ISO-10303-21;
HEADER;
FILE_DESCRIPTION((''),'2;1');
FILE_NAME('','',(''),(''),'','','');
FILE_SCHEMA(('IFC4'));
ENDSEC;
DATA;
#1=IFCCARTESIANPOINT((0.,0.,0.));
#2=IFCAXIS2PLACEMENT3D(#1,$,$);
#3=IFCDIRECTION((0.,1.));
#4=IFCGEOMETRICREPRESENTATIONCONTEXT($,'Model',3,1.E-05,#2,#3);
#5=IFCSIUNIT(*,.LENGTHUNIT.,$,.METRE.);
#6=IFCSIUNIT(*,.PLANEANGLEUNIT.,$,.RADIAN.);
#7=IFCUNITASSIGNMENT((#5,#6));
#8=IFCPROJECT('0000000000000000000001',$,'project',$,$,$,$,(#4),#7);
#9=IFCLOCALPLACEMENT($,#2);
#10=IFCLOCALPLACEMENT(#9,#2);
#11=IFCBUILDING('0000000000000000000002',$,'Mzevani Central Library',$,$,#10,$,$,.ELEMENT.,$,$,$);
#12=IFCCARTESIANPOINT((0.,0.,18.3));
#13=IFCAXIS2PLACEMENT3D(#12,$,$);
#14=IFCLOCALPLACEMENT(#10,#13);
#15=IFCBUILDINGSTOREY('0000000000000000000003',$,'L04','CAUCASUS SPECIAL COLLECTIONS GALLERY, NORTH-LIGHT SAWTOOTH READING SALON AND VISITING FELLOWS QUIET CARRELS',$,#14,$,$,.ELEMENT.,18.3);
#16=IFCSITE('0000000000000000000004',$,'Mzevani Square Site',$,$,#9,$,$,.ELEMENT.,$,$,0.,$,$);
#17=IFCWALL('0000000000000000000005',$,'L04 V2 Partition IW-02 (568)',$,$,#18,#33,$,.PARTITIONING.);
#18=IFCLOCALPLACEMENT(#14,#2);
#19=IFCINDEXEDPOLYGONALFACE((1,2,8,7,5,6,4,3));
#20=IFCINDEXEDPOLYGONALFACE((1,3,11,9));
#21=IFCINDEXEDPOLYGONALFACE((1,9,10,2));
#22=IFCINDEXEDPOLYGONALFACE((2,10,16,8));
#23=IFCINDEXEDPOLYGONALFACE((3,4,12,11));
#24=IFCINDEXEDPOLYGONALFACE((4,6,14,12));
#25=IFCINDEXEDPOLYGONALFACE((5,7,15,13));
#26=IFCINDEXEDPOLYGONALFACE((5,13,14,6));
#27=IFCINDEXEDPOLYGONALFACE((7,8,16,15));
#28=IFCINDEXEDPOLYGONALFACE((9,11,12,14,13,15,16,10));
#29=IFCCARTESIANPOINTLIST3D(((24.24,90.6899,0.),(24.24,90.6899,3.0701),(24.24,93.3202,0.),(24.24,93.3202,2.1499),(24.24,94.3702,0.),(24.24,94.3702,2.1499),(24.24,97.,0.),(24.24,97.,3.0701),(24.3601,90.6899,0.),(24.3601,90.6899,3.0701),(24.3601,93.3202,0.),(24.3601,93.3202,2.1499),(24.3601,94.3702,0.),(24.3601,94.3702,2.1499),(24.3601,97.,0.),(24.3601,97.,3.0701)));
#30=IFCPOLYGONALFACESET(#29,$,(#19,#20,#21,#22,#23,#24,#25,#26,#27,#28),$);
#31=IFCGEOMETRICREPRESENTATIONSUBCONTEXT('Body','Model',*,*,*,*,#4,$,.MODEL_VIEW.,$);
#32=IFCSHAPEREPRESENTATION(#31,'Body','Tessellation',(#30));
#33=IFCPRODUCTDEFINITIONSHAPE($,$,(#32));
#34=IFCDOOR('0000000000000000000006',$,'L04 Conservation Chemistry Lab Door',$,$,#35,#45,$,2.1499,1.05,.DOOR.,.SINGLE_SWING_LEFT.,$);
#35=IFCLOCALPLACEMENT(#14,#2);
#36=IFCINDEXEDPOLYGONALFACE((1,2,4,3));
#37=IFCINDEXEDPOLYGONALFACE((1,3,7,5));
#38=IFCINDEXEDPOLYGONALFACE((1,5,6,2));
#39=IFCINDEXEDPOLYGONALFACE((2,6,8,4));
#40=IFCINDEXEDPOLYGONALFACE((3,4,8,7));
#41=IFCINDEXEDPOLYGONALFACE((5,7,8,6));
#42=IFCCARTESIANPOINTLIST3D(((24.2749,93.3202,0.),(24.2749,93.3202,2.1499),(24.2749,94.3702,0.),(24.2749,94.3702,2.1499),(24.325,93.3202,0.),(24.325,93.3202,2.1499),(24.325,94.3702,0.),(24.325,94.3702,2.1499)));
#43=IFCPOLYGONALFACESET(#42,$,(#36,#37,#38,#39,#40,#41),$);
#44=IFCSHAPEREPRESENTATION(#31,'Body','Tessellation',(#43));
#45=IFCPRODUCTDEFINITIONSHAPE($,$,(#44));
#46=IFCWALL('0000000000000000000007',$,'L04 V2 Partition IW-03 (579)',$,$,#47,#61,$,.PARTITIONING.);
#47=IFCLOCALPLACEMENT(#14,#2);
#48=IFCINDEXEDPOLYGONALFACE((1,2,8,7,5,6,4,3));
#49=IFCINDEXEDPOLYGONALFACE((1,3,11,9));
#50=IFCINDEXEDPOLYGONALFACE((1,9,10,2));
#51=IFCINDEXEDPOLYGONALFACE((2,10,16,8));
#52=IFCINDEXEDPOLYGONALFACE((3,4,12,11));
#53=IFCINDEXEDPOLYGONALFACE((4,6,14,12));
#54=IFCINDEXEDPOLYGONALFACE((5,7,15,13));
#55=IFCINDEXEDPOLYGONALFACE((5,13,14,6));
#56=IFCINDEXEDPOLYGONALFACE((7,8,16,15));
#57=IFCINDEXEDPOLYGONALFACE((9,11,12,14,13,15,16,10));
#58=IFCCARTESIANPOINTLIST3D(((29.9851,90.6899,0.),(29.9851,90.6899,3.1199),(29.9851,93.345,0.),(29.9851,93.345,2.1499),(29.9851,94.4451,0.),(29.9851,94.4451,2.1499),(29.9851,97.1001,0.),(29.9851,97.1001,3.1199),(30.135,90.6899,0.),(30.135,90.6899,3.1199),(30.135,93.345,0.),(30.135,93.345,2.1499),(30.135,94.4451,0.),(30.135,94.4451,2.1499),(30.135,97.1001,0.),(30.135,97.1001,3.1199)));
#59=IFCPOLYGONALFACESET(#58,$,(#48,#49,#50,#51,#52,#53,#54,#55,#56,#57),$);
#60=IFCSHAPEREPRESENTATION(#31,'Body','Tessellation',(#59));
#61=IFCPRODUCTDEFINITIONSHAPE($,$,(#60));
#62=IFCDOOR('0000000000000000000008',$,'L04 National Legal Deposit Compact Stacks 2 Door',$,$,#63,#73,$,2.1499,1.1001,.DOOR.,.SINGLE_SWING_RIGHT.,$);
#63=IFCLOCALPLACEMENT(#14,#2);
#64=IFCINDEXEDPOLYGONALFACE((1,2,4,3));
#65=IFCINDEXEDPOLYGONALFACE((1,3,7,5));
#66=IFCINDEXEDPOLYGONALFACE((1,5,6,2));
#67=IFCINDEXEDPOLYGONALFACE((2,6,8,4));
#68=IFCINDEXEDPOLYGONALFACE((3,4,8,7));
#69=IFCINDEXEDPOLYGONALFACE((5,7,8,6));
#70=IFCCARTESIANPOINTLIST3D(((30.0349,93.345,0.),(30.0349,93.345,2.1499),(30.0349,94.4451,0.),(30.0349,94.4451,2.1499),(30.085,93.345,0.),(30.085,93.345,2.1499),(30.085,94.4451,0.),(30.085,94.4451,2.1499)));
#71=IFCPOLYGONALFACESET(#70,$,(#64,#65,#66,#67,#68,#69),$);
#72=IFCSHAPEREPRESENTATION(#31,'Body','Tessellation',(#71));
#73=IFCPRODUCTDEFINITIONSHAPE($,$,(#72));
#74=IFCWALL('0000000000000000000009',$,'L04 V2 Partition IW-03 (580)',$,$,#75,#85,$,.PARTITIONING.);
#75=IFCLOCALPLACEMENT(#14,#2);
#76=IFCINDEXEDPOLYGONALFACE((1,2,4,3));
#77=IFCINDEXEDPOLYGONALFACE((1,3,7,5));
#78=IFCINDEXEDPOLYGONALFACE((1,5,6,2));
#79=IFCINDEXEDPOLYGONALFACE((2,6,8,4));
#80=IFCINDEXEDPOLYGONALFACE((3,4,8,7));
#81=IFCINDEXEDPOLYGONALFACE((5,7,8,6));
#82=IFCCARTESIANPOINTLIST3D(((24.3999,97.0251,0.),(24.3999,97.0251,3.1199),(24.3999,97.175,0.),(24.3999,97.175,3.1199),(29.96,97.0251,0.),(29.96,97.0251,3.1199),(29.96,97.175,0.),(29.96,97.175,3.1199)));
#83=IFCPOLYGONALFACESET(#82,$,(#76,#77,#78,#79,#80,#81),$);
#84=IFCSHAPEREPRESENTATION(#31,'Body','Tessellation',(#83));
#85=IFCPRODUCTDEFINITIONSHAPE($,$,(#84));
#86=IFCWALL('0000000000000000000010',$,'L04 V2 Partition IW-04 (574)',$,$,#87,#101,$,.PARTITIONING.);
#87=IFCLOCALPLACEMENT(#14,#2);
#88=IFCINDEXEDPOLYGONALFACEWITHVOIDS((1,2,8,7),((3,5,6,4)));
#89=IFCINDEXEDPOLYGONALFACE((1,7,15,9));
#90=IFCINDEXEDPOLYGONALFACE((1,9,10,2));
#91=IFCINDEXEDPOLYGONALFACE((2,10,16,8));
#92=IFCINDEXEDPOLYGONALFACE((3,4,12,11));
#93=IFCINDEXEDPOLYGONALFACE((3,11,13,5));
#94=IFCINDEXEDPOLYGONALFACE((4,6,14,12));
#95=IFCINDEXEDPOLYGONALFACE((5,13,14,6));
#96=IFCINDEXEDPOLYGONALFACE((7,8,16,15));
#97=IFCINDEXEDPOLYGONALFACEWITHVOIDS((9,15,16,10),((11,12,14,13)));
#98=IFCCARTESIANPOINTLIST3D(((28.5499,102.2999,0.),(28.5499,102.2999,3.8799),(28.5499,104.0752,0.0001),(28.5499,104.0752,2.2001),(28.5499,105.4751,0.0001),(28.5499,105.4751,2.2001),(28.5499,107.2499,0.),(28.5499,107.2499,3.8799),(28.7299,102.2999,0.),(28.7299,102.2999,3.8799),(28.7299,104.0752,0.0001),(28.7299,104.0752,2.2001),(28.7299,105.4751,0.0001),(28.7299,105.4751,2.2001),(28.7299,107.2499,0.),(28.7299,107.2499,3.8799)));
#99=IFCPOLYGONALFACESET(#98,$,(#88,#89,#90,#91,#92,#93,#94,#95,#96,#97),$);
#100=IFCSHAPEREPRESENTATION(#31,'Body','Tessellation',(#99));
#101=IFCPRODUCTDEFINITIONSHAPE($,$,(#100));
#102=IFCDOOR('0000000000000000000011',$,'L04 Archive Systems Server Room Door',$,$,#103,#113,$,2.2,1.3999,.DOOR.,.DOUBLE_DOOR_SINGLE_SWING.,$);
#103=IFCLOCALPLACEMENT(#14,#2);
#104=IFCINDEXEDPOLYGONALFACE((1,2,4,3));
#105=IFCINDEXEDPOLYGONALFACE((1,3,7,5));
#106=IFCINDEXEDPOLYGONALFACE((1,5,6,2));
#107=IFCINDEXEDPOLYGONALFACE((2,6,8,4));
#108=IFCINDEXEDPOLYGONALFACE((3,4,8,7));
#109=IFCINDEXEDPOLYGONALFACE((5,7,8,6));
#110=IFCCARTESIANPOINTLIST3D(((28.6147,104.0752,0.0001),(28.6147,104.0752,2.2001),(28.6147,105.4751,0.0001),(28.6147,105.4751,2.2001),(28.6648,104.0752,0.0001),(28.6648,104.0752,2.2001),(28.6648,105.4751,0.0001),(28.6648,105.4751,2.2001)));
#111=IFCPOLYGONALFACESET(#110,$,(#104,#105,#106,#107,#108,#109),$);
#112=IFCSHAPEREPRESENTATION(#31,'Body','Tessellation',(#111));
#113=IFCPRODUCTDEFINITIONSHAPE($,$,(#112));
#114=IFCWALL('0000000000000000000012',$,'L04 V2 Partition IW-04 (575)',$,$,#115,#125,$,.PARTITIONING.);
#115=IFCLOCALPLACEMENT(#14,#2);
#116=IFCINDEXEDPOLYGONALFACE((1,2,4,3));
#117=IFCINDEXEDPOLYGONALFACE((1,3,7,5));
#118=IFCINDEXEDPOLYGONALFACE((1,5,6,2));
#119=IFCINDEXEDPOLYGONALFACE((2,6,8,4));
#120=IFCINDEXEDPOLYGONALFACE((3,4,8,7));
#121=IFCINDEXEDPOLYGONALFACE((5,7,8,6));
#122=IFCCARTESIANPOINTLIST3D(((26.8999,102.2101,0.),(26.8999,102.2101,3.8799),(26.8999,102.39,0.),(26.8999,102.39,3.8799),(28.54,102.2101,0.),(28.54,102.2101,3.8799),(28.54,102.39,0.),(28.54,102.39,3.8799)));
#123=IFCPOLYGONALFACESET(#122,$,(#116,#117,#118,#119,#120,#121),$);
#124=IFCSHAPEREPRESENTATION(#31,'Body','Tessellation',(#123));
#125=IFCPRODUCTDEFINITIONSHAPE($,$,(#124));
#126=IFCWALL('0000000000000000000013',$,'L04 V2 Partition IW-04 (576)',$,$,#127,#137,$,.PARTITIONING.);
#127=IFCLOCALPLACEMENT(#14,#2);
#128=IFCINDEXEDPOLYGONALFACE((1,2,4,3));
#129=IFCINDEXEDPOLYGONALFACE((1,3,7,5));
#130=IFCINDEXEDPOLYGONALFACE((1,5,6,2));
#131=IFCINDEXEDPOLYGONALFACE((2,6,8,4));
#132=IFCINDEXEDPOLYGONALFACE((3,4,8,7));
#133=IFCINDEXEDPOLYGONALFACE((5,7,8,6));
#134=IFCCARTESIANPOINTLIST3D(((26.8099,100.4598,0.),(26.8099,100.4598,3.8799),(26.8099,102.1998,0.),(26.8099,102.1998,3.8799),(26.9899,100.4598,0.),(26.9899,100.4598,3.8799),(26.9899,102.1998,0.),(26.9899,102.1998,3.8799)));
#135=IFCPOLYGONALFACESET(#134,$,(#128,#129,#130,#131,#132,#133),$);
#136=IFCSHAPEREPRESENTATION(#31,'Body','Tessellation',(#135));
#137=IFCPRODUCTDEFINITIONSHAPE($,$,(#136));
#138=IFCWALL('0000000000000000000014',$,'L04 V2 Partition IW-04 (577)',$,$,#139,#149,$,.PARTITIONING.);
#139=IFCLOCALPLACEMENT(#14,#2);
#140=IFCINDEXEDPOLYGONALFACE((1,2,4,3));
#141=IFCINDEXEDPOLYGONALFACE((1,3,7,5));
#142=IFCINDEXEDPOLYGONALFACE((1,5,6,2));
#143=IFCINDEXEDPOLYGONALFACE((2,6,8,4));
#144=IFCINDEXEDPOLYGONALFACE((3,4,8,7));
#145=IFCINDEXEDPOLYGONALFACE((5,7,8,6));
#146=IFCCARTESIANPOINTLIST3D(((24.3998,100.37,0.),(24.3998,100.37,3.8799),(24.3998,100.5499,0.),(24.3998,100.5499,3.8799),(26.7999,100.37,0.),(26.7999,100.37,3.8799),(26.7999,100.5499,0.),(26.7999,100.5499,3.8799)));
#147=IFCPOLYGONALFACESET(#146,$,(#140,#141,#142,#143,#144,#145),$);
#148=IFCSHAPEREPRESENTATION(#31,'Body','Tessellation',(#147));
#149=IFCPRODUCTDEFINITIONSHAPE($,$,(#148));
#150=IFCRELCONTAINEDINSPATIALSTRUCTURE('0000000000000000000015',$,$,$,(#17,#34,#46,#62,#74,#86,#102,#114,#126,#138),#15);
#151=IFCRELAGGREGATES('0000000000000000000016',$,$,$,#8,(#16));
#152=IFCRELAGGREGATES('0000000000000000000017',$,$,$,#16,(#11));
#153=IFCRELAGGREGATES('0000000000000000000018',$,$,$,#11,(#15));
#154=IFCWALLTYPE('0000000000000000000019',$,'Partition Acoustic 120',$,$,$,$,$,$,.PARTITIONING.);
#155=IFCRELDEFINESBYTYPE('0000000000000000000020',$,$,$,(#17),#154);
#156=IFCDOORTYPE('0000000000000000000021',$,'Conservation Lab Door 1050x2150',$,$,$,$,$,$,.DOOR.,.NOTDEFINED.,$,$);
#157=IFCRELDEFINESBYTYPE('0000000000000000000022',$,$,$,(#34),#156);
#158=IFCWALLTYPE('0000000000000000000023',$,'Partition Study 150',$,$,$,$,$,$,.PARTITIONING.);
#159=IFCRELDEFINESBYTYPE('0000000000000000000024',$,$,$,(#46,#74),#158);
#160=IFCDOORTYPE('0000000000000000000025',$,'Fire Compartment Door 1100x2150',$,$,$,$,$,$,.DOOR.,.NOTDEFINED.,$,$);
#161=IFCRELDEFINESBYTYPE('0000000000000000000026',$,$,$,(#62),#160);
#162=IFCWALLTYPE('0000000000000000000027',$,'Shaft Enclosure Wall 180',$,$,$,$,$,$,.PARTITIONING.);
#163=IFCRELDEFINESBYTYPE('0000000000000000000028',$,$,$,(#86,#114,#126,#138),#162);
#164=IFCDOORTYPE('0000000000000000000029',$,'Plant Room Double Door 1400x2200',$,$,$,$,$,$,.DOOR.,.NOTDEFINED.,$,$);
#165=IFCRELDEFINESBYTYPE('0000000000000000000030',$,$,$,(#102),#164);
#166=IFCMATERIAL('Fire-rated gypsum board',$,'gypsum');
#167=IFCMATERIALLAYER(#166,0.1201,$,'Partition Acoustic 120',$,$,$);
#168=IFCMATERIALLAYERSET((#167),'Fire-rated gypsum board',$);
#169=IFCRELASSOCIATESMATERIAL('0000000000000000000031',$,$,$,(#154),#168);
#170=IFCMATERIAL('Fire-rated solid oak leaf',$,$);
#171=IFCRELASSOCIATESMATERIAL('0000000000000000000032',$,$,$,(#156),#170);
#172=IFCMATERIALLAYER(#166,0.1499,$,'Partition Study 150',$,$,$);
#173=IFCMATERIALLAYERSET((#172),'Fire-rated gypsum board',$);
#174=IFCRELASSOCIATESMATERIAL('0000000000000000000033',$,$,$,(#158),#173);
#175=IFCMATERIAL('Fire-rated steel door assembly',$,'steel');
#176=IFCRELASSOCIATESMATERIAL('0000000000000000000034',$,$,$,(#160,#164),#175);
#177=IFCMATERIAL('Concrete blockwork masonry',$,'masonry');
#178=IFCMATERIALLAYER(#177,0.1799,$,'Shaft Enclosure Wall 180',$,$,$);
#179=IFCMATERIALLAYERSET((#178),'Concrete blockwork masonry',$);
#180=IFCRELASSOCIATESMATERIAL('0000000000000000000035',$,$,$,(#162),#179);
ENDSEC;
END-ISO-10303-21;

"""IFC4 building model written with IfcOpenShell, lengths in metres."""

from ifc_helpers import new_model, si_unit, direction, frame, frame_2d, origin, place, context, subcontext, project, spatial, rectangle, extrude, material, layer, layer_set, type_object, element, fill, save


model = new_model("IFC4")

# Units and contexts
model_context = context("Model", 3, precision=1e-05, world=origin(), true_north=direction((0.0, 1.0)))
body_context = subcontext(model_context, "Body", "Model", "MODEL_VIEW")
ifc_project = project(units=[si_unit("LENGTHUNIT", "METRE"), si_unit("PLANEANGLEUNIT", "RADIAN")], contexts=[model_context])

# Site, building, storey
site_placement = place(None, origin())
site = spatial("IfcSite", under=ifc_project, at=site_placement, Name="Mzevani Square Site", CompositionType="ELEMENT", RefElevation=0.0)
building_placement = place(site_placement, origin())
building = spatial("IfcBuilding", under=site, at=building_placement, Name="Mzevani Central Library", CompositionType="ELEMENT")
storey_placement = place(building_placement, frame((0.0, 0.0, 18.3)))
storey = spatial("IfcBuildingStorey", under=building, at=storey_placement, Name="L04", Description="CAUCASUS SPECIAL COLLECTIONS GALLERY, NORTH-LIGHT SAWTOOTH READING SALON AND VISITING FELLOWS QUIET CARRELS", CompositionType="ELEMENT", Elevation=18.3)

# Shared definitions
ifc_material_1 = material(Name="Fire-rated steel door assembly", Category="steel")

# Shared definitions
ifc_material_2 = material(Name="Fire-rated gypsum board", Category="gypsum")
ifc_layer_1 = layer(ifc_material_2, 0.1201, Name="Partition Acoustic 120")
ifc_layer_set_1 = layer_set([ifc_layer_1], Name="Fire-rated gypsum board")
wall_type_1 = type_object("IfcWallType", Name="Partition Acoustic 120", PredefinedType="PARTITIONING", material=ifc_layer_set_1)

# Walls, openings, doors
wall_1_placement = place(storey_placement, frame((24.3, 97.0, 0.0), z_axis=(0.0, 0.0, 1.0), x_axis=(0.0, -1.0, 0.0)))
wall_1 = element("IfcWall", 1, at=wall_1_placement, inside=storey, type_object=wall_type_1, Name="L04 V2 Partition IW-02 (568)", PredefinedType="PARTITIONING", context=body_context, shape_type="SweptSolid", body=[
    extrude(rectangle(XDim=6.3101, YDim=0.1201, at=frame_2d((3.155, 0.0))), origin(), (0.0, 0.0, 1.0), 3.0701),
])
opening_1_placement = place(wall_1_placement, frame((2.6299, 0.0, 0.0)))
opening_1 = element("IfcOpeningElement", 2, at=opening_1_placement, cuts=wall_1, PredefinedType="OPENING", context=body_context, shape_type="SweptSolid", body=[
    extrude(rectangle(XDim=1.05, YDim=2.1499, at=frame_2d((0.5249, 1.075))), frame((0.0, 0.0701, 0.0), z_axis=(0.0, -1.0, 0.0), x_axis=(1.0, 0.0, 0.0)), (0.0, 0.0, 1.0), 0.1401),
])
ifc_material_3 = material(Name="Fire-rated solid oak leaf")
door_type_1 = type_object("IfcDoorType", Name="Conservation Lab Door 1050x2150", OperationType="NOTDEFINED", PredefinedType="DOOR", material=ifc_material_3)
door_1_placement = place(opening_1_placement, origin())
door_1 = element("IfcDoor", 3, at=door_1_placement, inside=storey, type_object=door_type_1, Name="L04 Conservation Chemistry Lab Door", OperationType="SINGLE_SWING_LEFT", OverallHeight=2.1499, OverallWidth=1.05, PredefinedType="DOOR", context=body_context, shape_type="SweptSolid", body=[
    extrude(rectangle(XDim=1.05, YDim=2.1499, at=frame_2d((0.5249, 1.075))), frame((0.0, 0.0249, 0.0), z_axis=(0.0, -1.0, 0.0), x_axis=(1.0, 0.0, 0.0)), (0.0, 0.0, 1.0), 0.05),
])
fill(opening_1, door_1)
ifc_layer_2 = layer(ifc_material_2, 0.1499, Name="Partition Study 150")
ifc_layer_set_2 = layer_set([ifc_layer_2], Name="Fire-rated gypsum board")
wall_type_2 = type_object("IfcWallType", Name="Partition Study 150", PredefinedType="PARTITIONING", material=ifc_layer_set_2)
wall_2_placement = place(storey_placement, frame((30.0601, 97.1001, 0.0), z_axis=(0.0, 0.0, 1.0), x_axis=(0.0, -1.0, 0.0)))
wall_2 = element("IfcWall", 4, at=wall_2_placement, inside=storey, type_object=wall_type_2, Name="L04 V2 Partition IW-03 (579)", PredefinedType="PARTITIONING", context=body_context, shape_type="SweptSolid", body=[
    extrude(rectangle(XDim=6.4102, YDim=0.1499, at=frame_2d((3.2051, 0.0))), origin(), (0.0, 0.0, 1.0), 3.1199),
])
opening_2_placement = place(wall_2_placement, frame((2.655, 0.0, 0.0)))
opening_2 = element("IfcOpeningElement", 5, at=opening_2_placement, cuts=wall_2, PredefinedType="OPENING", context=body_context, shape_type="SweptSolid", body=[
    extrude(rectangle(XDim=1.1001, YDim=2.1499, at=frame_2d((0.55, 1.075))), frame((0.0, 0.085, 0.0), z_axis=(0.0, -1.0, 0.0), x_axis=(1.0, 0.0, 0.0)), (0.0, 0.0, 1.0), 0.1699),
])
door_type_2 = type_object("IfcDoorType", Name="Fire Compartment Door 1100x2150", OperationType="NOTDEFINED", PredefinedType="DOOR", material=ifc_material_1)
door_2_placement = place(opening_2_placement, origin())
door_2 = element("IfcDoor", 6, at=door_2_placement, inside=storey, type_object=door_type_2, Name="L04 National Legal Deposit Compact Stacks 2 Door", OperationType="SINGLE_SWING_RIGHT", OverallHeight=2.1499, OverallWidth=1.1001, PredefinedType="DOOR", context=body_context, shape_type="SweptSolid", body=[
    extrude(rectangle(XDim=1.1001, YDim=2.1499, at=frame_2d((0.55, 1.075))), frame((0.0, 0.0249, 0.0), z_axis=(0.0, -1.0, 0.0), x_axis=(1.0, 0.0, 0.0)), (0.0, 0.0, 1.0), 0.05),
])
fill(opening_2, door_2)

# Wall
wall_3_placement = place(storey_placement, frame((24.3999, 97.1001, 0.0), z_axis=(0.0, 0.0, 1.0), x_axis=(1.0, 0.0, 0.0)))
element("IfcWall", 7, at=wall_3_placement, inside=storey, type_object=wall_type_2, Name="L04 V2 Partition IW-03 (580)", PredefinedType="PARTITIONING", context=body_context, shape_type="SweptSolid", body=[
    extrude(rectangle(XDim=5.5601, YDim=0.1499, at=frame_2d((2.78, 0.0))), origin(), (0.0, 0.0, 1.0), 3.1199),
])

# Wall, opening, door
ifc_material_4 = material(Name="Concrete blockwork masonry", Category="masonry")
ifc_layer_3 = layer(ifc_material_4, 0.1799, Name="Shaft Enclosure Wall 180")
ifc_layer_set_3 = layer_set([ifc_layer_3], Name="Concrete blockwork masonry")
wall_type_3 = type_object("IfcWallType", Name="Shaft Enclosure Wall 180", PredefinedType="PARTITIONING", material=ifc_layer_set_3)
wall_4_placement = place(storey_placement, frame((28.6399, 107.25, 0.0), z_axis=(0.0, 0.0, 1.0), x_axis=(0.0, -1.0, 0.0)))
wall_4 = element("IfcWall", 8, at=wall_4_placement, inside=storey, type_object=wall_type_3, Name="L04 V2 Partition IW-04 (574)", PredefinedType="PARTITIONING", context=body_context, shape_type="SweptSolid", body=[
    extrude(rectangle(XDim=4.95, YDim=0.1799, at=frame_2d((2.4751, 0.0))), origin(), (0.0, 0.0, 1.0), 3.8799),
])
opening_3_placement = place(wall_4_placement, frame((1.7749, 0.0, 0.0)))
opening_3 = element("IfcOpeningElement", 9, at=opening_3_placement, cuts=wall_4, PredefinedType="OPENING", context=body_context, shape_type="SweptSolid", body=[
    extrude(rectangle(XDim=1.3999, YDim=2.2, at=frame_2d((0.7, 1.1001))), frame((0.0, 0.1001, 0.0), z_axis=(0.0, -1.0, 0.0), x_axis=(1.0, 0.0, 0.0)), (0.0, 0.0, 1.0), 0.2),
])
door_type_3 = type_object("IfcDoorType", Name="Plant Room Double Door 1400x2200", OperationType="NOTDEFINED", PredefinedType="DOOR", material=ifc_material_1)
door_3_placement = place(opening_3_placement, origin())
door_3 = element("IfcDoor", 10, at=door_3_placement, inside=storey, type_object=door_type_3, Name="L04 Archive Systems Server Room Door", OperationType="DOUBLE_DOOR_SINGLE_SWING", OverallHeight=2.2, OverallWidth=1.3999, PredefinedType="DOOR", context=body_context, shape_type="SweptSolid", body=[
    extrude(rectangle(XDim=1.3999, YDim=2.2, at=frame_2d((0.7, 1.1001))), frame((0.0, 0.0249, 0.0), z_axis=(0.0, -1.0, 0.0), x_axis=(1.0, 0.0, 0.0)), (0.0, 0.0, 1.0), 0.05),
])
fill(opening_3, door_3)

# Walls
wall_5_placement = place(storey_placement, frame((28.54, 102.3, 0.0), z_axis=(0.0, 0.0, 1.0), x_axis=(-1.0, 0.0, 0.0)))
element("IfcWall", 11, at=wall_5_placement, inside=storey, type_object=wall_type_3, Name="L04 V2 Partition IW-04 (575)", PredefinedType="PARTITIONING", context=body_context, shape_type="SweptSolid", body=[
    extrude(rectangle(XDim=1.6401, YDim=0.1799, at=frame_2d((0.8201, 0.0))), origin(), (0.0, 0.0, 1.0), 3.8799),
])
wall_6_placement = place(storey_placement, frame((26.8999, 102.2, 0.0), z_axis=(0.0, 0.0, 1.0), x_axis=(0.0, -1.0, 0.0)))
element("IfcWall", 12, at=wall_6_placement, inside=storey, type_object=wall_type_3, Name="L04 V2 Partition IW-04 (576)", PredefinedType="PARTITIONING", context=body_context, shape_type="SweptSolid", body=[
    extrude(rectangle(XDim=1.74, YDim=0.1799, at=frame_2d((0.8701, 0.0))), origin(), (0.0, 0.0, 1.0), 3.8799),
])
wall_7_placement = place(storey_placement, frame((26.8, 100.46, 0.0), z_axis=(0.0, 0.0, 1.0), x_axis=(-1.0, 0.0, 0.0)))
element("IfcWall", 13, at=wall_7_placement, inside=storey, type_object=wall_type_3, Name="L04 V2 Partition IW-04 (577)", PredefinedType="PARTITIONING", context=body_context, shape_type="SweptSolid", body=[
    extrude(rectangle(XDim=2.4001, YDim=0.1799, at=frame_2d((1.2002, 0.0))), origin(), (0.0, 0.0, 1.0), 3.8799),
])

save(model, "model.ifc")
